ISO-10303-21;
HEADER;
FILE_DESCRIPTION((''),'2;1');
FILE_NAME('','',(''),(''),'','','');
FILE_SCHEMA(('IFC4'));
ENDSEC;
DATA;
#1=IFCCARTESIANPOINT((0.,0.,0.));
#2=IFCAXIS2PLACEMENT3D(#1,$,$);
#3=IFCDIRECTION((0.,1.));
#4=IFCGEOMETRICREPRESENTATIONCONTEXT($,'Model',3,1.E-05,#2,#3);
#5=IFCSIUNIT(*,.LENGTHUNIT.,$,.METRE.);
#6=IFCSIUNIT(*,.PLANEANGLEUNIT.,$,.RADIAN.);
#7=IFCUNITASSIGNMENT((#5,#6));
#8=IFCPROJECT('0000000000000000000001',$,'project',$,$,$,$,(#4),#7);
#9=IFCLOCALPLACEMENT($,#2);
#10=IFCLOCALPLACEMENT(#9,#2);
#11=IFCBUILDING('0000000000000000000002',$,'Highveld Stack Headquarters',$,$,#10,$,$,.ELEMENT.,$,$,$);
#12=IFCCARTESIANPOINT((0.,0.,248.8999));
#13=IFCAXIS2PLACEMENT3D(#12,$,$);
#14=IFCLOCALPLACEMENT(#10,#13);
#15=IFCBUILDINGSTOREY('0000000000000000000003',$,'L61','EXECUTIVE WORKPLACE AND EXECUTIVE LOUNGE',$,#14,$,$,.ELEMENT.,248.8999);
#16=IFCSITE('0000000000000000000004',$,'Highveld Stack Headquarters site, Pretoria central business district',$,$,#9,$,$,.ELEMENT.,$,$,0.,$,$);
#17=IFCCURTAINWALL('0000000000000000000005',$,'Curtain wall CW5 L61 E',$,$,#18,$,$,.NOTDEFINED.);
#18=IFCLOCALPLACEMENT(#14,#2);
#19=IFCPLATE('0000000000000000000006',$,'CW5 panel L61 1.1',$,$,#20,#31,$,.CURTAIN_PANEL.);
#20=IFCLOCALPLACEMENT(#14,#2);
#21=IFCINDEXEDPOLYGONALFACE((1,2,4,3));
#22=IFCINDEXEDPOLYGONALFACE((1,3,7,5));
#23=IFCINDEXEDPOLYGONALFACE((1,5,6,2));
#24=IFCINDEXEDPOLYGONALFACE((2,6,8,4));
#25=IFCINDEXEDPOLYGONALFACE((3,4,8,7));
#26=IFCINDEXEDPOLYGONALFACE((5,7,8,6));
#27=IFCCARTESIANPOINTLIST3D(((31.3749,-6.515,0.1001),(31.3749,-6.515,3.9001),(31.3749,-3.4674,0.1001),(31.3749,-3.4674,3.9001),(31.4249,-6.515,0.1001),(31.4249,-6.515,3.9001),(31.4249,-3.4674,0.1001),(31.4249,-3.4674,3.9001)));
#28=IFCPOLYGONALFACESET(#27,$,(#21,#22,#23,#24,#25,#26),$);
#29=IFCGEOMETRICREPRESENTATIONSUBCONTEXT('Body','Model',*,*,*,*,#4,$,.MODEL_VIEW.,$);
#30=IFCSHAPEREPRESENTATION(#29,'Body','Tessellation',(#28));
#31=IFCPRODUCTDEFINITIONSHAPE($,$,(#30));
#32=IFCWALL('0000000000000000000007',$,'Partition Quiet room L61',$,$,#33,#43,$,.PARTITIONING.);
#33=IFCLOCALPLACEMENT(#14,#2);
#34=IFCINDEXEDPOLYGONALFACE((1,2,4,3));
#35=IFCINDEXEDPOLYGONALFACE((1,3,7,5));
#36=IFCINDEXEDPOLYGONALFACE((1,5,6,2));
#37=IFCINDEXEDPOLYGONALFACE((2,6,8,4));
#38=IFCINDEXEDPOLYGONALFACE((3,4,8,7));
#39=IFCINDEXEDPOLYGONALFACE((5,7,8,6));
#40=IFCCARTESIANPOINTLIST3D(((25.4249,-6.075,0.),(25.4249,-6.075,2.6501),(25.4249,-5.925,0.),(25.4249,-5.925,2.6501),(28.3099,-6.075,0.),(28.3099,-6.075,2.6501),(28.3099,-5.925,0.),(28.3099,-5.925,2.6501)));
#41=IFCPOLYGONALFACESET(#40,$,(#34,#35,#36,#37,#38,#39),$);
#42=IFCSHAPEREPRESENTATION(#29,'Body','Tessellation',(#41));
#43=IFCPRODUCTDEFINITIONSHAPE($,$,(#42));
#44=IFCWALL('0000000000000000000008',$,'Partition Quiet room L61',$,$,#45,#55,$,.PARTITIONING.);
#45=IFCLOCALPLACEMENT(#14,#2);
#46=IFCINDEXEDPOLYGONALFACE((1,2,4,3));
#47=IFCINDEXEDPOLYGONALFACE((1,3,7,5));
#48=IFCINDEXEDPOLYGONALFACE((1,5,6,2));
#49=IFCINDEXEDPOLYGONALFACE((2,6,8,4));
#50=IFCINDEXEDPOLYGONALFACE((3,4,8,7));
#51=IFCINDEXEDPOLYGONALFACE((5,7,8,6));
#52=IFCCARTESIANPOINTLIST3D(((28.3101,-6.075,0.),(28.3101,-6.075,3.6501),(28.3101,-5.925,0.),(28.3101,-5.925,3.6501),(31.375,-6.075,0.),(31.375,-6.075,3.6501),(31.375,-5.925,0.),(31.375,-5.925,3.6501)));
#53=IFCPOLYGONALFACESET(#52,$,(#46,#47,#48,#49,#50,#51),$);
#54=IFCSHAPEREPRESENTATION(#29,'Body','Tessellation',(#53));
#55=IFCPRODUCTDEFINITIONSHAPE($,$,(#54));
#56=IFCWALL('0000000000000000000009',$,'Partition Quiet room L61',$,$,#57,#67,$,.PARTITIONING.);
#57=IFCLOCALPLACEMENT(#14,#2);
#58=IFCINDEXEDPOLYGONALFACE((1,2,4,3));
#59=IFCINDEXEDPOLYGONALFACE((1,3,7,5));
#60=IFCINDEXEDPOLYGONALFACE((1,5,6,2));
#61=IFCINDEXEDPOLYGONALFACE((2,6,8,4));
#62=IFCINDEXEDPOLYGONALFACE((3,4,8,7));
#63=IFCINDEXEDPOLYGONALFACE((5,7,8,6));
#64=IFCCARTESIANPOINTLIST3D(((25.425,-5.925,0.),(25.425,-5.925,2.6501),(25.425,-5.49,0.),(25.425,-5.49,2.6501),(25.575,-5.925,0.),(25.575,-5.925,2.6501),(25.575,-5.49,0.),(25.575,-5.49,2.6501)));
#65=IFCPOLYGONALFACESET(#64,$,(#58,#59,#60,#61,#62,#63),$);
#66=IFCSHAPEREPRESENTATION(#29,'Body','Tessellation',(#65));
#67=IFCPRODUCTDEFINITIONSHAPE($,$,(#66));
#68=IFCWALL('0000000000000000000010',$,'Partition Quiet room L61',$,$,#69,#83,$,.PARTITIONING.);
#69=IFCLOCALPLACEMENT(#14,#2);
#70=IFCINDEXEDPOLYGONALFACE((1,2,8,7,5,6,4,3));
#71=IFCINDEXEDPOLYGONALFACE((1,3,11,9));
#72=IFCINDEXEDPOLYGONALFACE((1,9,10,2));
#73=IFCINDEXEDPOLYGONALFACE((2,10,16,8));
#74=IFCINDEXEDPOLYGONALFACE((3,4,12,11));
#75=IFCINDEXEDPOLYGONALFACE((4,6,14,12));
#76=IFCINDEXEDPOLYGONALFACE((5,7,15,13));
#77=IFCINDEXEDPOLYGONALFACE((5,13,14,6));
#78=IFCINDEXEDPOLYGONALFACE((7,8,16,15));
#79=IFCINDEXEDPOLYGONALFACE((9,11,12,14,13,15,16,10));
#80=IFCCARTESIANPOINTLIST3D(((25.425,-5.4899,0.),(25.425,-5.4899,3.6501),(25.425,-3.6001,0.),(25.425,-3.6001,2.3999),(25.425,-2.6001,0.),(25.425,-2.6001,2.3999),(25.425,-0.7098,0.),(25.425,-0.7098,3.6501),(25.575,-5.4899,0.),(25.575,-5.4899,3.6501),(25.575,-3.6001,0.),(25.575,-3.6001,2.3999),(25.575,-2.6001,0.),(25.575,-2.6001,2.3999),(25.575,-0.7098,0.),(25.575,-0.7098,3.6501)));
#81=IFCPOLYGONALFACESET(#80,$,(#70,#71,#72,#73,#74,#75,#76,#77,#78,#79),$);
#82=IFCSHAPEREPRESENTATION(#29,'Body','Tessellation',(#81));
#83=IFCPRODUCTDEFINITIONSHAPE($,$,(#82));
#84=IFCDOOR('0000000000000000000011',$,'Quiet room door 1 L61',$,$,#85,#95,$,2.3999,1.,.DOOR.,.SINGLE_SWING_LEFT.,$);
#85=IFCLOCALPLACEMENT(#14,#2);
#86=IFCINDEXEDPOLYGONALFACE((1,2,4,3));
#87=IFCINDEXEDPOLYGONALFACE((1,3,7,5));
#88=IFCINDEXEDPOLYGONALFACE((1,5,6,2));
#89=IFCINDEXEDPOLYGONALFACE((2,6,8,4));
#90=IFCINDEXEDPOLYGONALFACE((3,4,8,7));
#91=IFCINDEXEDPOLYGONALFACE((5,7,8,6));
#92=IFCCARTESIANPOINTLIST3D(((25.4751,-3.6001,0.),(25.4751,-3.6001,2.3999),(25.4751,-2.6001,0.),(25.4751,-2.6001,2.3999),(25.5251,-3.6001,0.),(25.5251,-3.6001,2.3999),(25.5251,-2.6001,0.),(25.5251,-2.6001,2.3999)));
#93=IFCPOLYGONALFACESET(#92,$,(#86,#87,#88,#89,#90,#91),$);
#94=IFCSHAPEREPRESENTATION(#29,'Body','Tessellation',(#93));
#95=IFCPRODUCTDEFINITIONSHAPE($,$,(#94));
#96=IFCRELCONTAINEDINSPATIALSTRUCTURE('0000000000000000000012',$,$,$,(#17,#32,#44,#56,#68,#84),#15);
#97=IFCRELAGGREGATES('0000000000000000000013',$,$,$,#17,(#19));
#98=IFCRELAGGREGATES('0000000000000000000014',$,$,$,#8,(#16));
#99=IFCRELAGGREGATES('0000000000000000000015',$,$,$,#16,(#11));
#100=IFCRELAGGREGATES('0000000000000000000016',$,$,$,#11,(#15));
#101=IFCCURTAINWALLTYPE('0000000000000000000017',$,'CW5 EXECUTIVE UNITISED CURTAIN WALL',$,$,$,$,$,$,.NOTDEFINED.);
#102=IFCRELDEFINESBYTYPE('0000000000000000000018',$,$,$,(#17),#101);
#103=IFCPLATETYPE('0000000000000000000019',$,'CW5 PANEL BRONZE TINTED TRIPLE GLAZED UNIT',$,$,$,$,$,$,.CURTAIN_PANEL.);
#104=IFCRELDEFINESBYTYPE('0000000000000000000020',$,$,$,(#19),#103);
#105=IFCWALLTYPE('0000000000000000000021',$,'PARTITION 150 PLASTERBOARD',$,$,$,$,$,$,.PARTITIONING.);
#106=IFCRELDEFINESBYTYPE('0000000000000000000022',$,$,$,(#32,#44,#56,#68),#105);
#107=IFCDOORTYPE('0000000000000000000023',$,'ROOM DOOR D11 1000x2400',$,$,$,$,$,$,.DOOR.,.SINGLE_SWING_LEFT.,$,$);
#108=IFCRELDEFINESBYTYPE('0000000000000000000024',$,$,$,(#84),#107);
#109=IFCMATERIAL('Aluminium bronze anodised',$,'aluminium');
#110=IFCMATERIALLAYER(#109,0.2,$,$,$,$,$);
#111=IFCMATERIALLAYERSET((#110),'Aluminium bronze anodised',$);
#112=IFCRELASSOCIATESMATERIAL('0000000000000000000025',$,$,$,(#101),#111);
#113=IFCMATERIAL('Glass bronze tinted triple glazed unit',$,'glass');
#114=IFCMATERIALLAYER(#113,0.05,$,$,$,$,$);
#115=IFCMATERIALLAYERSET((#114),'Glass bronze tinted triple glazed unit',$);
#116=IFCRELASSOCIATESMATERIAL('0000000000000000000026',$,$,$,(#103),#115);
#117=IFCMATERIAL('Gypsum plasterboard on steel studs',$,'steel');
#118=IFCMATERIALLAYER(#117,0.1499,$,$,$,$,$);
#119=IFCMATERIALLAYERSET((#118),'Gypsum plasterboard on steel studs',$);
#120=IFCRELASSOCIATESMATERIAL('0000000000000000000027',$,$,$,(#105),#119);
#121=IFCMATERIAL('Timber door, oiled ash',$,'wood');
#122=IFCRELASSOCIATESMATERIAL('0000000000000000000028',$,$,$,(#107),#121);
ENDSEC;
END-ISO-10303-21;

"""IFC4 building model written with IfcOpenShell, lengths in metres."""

from ifc_helpers import new_model, si_unit, direction, frame, frame_2d, origin, origin_2d, place, context, subcontext, project, spatial, rectangle, extrude, material, layer, layer_set, type_object, element, fill, aggregate, save


model = new_model("IFC4")

# Units and contexts
model_context = context("Model", 3, precision=1e-05, world=origin(), true_north=direction((0.0, 1.0)))
body_context = subcontext(model_context, "Body", "Model", "MODEL_VIEW")
ifc_project = project(units=[si_unit("LENGTHUNIT", "METRE"), si_unit("PLANEANGLEUNIT", "RADIAN")], contexts=[model_context])

# Site, building, storey
site_placement = place(None, origin())
site = spatial("IfcSite", under=ifc_project, at=site_placement, Name="Highveld Stack Headquarters site, Pretoria central business district", CompositionType="ELEMENT", RefElevation=0.0)
building_placement = place(site_placement, origin())
building = spatial("IfcBuilding", under=site, at=building_placement, Name="Highveld Stack Headquarters", CompositionType="ELEMENT")
storey_placement = place(building_placement, frame((0.0, 0.0, 248.8999)))
storey = spatial("IfcBuildingStorey", under=building, at=storey_placement, Name="L61", Description="EXECUTIVE WORKPLACE AND EXECUTIVE LOUNGE", CompositionType="ELEMENT", Elevation=248.8999)

# Shared definitions
ifc_material_1 = material(Name="Aluminium bronze anodised", Category="aluminium")
ifc_layer_1 = layer(ifc_material_1, 0.2)
ifc_layer_set_1 = layer_set([ifc_layer_1], Name="Aluminium bronze anodised")
curtain_wall_type = type_object("IfcCurtainWallType", Name="CW5 EXECUTIVE UNITISED CURTAIN WALL", PredefinedType="NOTDEFINED", material=ifc_layer_set_1)

# Curtain wall
curtain_wall_1_placement = place(storey_placement, origin())
curtain_wall_1 = element("IfcCurtainWall", 1, at=curtain_wall_1_placement, inside=storey, type_object=curtain_wall_type, Name="Curtain wall CW5 L61 E", PredefinedType="NOTDEFINED")

# Plate
ifc_material_2 = material(Name="Glass bronze tinted triple glazed unit", Category="glass")
ifc_layer_2 = layer(ifc_material_2, 0.05)
ifc_layer_set_2 = layer_set([ifc_layer_2], Name="Glass bronze tinted triple glazed unit")
plate_type = type_object("IfcPlateType", Name="CW5 PANEL BRONZE TINTED TRIPLE GLAZED UNIT", PredefinedType="CURTAIN_PANEL", material=ifc_layer_set_2)
plate_1_placement = place(storey_placement, frame((31.3999, -4.9912, 0.1001), z_axis=(0.0, 0.0, 1.0), x_axis=(0.0, 1.0, 0.0)))
plate_1 = element("IfcPlate", 2, at=plate_1_placement, type_object=plate_type, Name="CW5 panel L61 1.1", PredefinedType="CURTAIN_PANEL", context=body_context, shape_type="SweptSolid", body=[
    extrude(rectangle(XDim=3.0476, YDim=0.05, at=origin_2d()), origin(), (0.0, 0.0, 1.0), 3.8),
])
aggregate(curtain_wall_1, [plate_1])

# Walls
ifc_material_3 = material(Name="Gypsum plasterboard on steel studs", Category="steel")
ifc_layer_3 = layer(ifc_material_3, 0.1499)
ifc_layer_set_3 = layer_set([ifc_layer_3], Name="Gypsum plasterboard on steel studs")
wall_type = type_object("IfcWallType", Name="PARTITION 150 PLASTERBOARD", PredefinedType="PARTITIONING", material=ifc_layer_set_3)
wall_1_placement = place(storey_placement, frame((25.425, -6.0, 0.0), z_axis=(0.0, 0.0, 1.0), x_axis=(1.0, 0.0, 0.0)))
element("IfcWall", 3, at=wall_1_placement, inside=storey, type_object=wall_type, Name="Partition Quiet room L61", PredefinedType="PARTITIONING", context=body_context, shape_type="SweptSolid", body=[
    extrude(rectangle(XDim=2.885, YDim=0.1499, at=frame_2d((1.4424, 0.0))), origin(), (0.0, 0.0, 1.0), 2.6501),
])
wall_2_placement = place(storey_placement, frame((28.3101, -6.0, 0.0), z_axis=(0.0, 0.0, 1.0), x_axis=(1.0, 0.0, 0.0)))
element("IfcWall", 4, at=wall_2_placement, inside=storey, type_object=wall_type, Name="Partition Quiet room L61", PredefinedType="PARTITIONING", context=body_context, shape_type="SweptSolid", body=[
    extrude(rectangle(XDim=3.0649, YDim=0.1499, at=frame_2d((1.5325, 0.0))), origin(), (0.0, 0.0, 1.0), 3.6501),
])
wall_3_placement = place(storey_placement, frame((25.5, -5.925, 0.0), z_axis=(0.0, 0.0, 1.0), x_axis=(0.0, 1.0, 0.0)))
element("IfcWall", 5, at=wall_3_placement, inside=storey, type_object=wall_type, Name="Partition Quiet room L61", PredefinedType="PARTITIONING", context=body_context, shape_type="SweptSolid", body=[
    extrude(rectangle(XDim=0.4351, YDim=0.1499, at=frame_2d((0.2175, 0.0))), origin(), (0.0, 0.0, 1.0), 2.6501),
])

# Wall, opening, door
wall_4_placement = place(storey_placement, frame((25.5, -5.49, 0.0), z_axis=(0.0, 0.0, 1.0), x_axis=(0.0, 1.0, 0.0)))
wall_4 = element("IfcWall", 6, at=wall_4_placement, inside=storey, type_object=wall_type, Name="Partition Quiet room L61", PredefinedType="PARTITIONING", context=body_context, shape_type="SweptSolid", body=[
    extrude(rectangle(XDim=4.78, YDim=0.1499, at=frame_2d((2.3901, 0.0))), origin(), (0.0, 0.0, 1.0), 3.6501),
])
opening_placement = place(wall_4_placement, frame((1.8899, 0.0, 0.0)))
opening = element("IfcOpeningElement", 7, at=opening_placement, cuts=wall_4, PredefinedType="OPENING", context=body_context, shape_type="SweptSolid", body=[
    extrude(rectangle(XDim=1.0, YDim=2.3999, at=frame_2d((0.5, 1.2))), frame((0.0, 0.085, 0.0), z_axis=(0.0, -1.0, 0.0), x_axis=(1.0, 0.0, 0.0)), (0.0, 0.0, 1.0), 0.1699),
])
ifc_material_4 = material(Name="Timber door, oiled ash", Category="wood")
door_type = type_object("IfcDoorType", Name="ROOM DOOR D11 1000x2400", OperationType="SINGLE_SWING_LEFT", PredefinedType="DOOR", material=ifc_material_4)
door_placement = place(opening_placement, origin())
door = element("IfcDoor", 8, at=door_placement, inside=storey, type_object=door_type, Name="Quiet room door 1 L61", OperationType="SINGLE_SWING_LEFT", OverallHeight=2.3999, OverallWidth=1.0, PredefinedType="DOOR", context=body_context, shape_type="SweptSolid", body=[
    extrude(rectangle(XDim=1.0, YDim=2.3999, at=frame_2d((0.5, 1.2))), frame((0.0, 0.0249, 0.0), z_axis=(0.0, -1.0, 0.0), x_axis=(1.0, 0.0, 0.0)), (0.0, 0.0, 1.0), 0.05),
])
fill(opening, door)

save(model, "model.ifc")
